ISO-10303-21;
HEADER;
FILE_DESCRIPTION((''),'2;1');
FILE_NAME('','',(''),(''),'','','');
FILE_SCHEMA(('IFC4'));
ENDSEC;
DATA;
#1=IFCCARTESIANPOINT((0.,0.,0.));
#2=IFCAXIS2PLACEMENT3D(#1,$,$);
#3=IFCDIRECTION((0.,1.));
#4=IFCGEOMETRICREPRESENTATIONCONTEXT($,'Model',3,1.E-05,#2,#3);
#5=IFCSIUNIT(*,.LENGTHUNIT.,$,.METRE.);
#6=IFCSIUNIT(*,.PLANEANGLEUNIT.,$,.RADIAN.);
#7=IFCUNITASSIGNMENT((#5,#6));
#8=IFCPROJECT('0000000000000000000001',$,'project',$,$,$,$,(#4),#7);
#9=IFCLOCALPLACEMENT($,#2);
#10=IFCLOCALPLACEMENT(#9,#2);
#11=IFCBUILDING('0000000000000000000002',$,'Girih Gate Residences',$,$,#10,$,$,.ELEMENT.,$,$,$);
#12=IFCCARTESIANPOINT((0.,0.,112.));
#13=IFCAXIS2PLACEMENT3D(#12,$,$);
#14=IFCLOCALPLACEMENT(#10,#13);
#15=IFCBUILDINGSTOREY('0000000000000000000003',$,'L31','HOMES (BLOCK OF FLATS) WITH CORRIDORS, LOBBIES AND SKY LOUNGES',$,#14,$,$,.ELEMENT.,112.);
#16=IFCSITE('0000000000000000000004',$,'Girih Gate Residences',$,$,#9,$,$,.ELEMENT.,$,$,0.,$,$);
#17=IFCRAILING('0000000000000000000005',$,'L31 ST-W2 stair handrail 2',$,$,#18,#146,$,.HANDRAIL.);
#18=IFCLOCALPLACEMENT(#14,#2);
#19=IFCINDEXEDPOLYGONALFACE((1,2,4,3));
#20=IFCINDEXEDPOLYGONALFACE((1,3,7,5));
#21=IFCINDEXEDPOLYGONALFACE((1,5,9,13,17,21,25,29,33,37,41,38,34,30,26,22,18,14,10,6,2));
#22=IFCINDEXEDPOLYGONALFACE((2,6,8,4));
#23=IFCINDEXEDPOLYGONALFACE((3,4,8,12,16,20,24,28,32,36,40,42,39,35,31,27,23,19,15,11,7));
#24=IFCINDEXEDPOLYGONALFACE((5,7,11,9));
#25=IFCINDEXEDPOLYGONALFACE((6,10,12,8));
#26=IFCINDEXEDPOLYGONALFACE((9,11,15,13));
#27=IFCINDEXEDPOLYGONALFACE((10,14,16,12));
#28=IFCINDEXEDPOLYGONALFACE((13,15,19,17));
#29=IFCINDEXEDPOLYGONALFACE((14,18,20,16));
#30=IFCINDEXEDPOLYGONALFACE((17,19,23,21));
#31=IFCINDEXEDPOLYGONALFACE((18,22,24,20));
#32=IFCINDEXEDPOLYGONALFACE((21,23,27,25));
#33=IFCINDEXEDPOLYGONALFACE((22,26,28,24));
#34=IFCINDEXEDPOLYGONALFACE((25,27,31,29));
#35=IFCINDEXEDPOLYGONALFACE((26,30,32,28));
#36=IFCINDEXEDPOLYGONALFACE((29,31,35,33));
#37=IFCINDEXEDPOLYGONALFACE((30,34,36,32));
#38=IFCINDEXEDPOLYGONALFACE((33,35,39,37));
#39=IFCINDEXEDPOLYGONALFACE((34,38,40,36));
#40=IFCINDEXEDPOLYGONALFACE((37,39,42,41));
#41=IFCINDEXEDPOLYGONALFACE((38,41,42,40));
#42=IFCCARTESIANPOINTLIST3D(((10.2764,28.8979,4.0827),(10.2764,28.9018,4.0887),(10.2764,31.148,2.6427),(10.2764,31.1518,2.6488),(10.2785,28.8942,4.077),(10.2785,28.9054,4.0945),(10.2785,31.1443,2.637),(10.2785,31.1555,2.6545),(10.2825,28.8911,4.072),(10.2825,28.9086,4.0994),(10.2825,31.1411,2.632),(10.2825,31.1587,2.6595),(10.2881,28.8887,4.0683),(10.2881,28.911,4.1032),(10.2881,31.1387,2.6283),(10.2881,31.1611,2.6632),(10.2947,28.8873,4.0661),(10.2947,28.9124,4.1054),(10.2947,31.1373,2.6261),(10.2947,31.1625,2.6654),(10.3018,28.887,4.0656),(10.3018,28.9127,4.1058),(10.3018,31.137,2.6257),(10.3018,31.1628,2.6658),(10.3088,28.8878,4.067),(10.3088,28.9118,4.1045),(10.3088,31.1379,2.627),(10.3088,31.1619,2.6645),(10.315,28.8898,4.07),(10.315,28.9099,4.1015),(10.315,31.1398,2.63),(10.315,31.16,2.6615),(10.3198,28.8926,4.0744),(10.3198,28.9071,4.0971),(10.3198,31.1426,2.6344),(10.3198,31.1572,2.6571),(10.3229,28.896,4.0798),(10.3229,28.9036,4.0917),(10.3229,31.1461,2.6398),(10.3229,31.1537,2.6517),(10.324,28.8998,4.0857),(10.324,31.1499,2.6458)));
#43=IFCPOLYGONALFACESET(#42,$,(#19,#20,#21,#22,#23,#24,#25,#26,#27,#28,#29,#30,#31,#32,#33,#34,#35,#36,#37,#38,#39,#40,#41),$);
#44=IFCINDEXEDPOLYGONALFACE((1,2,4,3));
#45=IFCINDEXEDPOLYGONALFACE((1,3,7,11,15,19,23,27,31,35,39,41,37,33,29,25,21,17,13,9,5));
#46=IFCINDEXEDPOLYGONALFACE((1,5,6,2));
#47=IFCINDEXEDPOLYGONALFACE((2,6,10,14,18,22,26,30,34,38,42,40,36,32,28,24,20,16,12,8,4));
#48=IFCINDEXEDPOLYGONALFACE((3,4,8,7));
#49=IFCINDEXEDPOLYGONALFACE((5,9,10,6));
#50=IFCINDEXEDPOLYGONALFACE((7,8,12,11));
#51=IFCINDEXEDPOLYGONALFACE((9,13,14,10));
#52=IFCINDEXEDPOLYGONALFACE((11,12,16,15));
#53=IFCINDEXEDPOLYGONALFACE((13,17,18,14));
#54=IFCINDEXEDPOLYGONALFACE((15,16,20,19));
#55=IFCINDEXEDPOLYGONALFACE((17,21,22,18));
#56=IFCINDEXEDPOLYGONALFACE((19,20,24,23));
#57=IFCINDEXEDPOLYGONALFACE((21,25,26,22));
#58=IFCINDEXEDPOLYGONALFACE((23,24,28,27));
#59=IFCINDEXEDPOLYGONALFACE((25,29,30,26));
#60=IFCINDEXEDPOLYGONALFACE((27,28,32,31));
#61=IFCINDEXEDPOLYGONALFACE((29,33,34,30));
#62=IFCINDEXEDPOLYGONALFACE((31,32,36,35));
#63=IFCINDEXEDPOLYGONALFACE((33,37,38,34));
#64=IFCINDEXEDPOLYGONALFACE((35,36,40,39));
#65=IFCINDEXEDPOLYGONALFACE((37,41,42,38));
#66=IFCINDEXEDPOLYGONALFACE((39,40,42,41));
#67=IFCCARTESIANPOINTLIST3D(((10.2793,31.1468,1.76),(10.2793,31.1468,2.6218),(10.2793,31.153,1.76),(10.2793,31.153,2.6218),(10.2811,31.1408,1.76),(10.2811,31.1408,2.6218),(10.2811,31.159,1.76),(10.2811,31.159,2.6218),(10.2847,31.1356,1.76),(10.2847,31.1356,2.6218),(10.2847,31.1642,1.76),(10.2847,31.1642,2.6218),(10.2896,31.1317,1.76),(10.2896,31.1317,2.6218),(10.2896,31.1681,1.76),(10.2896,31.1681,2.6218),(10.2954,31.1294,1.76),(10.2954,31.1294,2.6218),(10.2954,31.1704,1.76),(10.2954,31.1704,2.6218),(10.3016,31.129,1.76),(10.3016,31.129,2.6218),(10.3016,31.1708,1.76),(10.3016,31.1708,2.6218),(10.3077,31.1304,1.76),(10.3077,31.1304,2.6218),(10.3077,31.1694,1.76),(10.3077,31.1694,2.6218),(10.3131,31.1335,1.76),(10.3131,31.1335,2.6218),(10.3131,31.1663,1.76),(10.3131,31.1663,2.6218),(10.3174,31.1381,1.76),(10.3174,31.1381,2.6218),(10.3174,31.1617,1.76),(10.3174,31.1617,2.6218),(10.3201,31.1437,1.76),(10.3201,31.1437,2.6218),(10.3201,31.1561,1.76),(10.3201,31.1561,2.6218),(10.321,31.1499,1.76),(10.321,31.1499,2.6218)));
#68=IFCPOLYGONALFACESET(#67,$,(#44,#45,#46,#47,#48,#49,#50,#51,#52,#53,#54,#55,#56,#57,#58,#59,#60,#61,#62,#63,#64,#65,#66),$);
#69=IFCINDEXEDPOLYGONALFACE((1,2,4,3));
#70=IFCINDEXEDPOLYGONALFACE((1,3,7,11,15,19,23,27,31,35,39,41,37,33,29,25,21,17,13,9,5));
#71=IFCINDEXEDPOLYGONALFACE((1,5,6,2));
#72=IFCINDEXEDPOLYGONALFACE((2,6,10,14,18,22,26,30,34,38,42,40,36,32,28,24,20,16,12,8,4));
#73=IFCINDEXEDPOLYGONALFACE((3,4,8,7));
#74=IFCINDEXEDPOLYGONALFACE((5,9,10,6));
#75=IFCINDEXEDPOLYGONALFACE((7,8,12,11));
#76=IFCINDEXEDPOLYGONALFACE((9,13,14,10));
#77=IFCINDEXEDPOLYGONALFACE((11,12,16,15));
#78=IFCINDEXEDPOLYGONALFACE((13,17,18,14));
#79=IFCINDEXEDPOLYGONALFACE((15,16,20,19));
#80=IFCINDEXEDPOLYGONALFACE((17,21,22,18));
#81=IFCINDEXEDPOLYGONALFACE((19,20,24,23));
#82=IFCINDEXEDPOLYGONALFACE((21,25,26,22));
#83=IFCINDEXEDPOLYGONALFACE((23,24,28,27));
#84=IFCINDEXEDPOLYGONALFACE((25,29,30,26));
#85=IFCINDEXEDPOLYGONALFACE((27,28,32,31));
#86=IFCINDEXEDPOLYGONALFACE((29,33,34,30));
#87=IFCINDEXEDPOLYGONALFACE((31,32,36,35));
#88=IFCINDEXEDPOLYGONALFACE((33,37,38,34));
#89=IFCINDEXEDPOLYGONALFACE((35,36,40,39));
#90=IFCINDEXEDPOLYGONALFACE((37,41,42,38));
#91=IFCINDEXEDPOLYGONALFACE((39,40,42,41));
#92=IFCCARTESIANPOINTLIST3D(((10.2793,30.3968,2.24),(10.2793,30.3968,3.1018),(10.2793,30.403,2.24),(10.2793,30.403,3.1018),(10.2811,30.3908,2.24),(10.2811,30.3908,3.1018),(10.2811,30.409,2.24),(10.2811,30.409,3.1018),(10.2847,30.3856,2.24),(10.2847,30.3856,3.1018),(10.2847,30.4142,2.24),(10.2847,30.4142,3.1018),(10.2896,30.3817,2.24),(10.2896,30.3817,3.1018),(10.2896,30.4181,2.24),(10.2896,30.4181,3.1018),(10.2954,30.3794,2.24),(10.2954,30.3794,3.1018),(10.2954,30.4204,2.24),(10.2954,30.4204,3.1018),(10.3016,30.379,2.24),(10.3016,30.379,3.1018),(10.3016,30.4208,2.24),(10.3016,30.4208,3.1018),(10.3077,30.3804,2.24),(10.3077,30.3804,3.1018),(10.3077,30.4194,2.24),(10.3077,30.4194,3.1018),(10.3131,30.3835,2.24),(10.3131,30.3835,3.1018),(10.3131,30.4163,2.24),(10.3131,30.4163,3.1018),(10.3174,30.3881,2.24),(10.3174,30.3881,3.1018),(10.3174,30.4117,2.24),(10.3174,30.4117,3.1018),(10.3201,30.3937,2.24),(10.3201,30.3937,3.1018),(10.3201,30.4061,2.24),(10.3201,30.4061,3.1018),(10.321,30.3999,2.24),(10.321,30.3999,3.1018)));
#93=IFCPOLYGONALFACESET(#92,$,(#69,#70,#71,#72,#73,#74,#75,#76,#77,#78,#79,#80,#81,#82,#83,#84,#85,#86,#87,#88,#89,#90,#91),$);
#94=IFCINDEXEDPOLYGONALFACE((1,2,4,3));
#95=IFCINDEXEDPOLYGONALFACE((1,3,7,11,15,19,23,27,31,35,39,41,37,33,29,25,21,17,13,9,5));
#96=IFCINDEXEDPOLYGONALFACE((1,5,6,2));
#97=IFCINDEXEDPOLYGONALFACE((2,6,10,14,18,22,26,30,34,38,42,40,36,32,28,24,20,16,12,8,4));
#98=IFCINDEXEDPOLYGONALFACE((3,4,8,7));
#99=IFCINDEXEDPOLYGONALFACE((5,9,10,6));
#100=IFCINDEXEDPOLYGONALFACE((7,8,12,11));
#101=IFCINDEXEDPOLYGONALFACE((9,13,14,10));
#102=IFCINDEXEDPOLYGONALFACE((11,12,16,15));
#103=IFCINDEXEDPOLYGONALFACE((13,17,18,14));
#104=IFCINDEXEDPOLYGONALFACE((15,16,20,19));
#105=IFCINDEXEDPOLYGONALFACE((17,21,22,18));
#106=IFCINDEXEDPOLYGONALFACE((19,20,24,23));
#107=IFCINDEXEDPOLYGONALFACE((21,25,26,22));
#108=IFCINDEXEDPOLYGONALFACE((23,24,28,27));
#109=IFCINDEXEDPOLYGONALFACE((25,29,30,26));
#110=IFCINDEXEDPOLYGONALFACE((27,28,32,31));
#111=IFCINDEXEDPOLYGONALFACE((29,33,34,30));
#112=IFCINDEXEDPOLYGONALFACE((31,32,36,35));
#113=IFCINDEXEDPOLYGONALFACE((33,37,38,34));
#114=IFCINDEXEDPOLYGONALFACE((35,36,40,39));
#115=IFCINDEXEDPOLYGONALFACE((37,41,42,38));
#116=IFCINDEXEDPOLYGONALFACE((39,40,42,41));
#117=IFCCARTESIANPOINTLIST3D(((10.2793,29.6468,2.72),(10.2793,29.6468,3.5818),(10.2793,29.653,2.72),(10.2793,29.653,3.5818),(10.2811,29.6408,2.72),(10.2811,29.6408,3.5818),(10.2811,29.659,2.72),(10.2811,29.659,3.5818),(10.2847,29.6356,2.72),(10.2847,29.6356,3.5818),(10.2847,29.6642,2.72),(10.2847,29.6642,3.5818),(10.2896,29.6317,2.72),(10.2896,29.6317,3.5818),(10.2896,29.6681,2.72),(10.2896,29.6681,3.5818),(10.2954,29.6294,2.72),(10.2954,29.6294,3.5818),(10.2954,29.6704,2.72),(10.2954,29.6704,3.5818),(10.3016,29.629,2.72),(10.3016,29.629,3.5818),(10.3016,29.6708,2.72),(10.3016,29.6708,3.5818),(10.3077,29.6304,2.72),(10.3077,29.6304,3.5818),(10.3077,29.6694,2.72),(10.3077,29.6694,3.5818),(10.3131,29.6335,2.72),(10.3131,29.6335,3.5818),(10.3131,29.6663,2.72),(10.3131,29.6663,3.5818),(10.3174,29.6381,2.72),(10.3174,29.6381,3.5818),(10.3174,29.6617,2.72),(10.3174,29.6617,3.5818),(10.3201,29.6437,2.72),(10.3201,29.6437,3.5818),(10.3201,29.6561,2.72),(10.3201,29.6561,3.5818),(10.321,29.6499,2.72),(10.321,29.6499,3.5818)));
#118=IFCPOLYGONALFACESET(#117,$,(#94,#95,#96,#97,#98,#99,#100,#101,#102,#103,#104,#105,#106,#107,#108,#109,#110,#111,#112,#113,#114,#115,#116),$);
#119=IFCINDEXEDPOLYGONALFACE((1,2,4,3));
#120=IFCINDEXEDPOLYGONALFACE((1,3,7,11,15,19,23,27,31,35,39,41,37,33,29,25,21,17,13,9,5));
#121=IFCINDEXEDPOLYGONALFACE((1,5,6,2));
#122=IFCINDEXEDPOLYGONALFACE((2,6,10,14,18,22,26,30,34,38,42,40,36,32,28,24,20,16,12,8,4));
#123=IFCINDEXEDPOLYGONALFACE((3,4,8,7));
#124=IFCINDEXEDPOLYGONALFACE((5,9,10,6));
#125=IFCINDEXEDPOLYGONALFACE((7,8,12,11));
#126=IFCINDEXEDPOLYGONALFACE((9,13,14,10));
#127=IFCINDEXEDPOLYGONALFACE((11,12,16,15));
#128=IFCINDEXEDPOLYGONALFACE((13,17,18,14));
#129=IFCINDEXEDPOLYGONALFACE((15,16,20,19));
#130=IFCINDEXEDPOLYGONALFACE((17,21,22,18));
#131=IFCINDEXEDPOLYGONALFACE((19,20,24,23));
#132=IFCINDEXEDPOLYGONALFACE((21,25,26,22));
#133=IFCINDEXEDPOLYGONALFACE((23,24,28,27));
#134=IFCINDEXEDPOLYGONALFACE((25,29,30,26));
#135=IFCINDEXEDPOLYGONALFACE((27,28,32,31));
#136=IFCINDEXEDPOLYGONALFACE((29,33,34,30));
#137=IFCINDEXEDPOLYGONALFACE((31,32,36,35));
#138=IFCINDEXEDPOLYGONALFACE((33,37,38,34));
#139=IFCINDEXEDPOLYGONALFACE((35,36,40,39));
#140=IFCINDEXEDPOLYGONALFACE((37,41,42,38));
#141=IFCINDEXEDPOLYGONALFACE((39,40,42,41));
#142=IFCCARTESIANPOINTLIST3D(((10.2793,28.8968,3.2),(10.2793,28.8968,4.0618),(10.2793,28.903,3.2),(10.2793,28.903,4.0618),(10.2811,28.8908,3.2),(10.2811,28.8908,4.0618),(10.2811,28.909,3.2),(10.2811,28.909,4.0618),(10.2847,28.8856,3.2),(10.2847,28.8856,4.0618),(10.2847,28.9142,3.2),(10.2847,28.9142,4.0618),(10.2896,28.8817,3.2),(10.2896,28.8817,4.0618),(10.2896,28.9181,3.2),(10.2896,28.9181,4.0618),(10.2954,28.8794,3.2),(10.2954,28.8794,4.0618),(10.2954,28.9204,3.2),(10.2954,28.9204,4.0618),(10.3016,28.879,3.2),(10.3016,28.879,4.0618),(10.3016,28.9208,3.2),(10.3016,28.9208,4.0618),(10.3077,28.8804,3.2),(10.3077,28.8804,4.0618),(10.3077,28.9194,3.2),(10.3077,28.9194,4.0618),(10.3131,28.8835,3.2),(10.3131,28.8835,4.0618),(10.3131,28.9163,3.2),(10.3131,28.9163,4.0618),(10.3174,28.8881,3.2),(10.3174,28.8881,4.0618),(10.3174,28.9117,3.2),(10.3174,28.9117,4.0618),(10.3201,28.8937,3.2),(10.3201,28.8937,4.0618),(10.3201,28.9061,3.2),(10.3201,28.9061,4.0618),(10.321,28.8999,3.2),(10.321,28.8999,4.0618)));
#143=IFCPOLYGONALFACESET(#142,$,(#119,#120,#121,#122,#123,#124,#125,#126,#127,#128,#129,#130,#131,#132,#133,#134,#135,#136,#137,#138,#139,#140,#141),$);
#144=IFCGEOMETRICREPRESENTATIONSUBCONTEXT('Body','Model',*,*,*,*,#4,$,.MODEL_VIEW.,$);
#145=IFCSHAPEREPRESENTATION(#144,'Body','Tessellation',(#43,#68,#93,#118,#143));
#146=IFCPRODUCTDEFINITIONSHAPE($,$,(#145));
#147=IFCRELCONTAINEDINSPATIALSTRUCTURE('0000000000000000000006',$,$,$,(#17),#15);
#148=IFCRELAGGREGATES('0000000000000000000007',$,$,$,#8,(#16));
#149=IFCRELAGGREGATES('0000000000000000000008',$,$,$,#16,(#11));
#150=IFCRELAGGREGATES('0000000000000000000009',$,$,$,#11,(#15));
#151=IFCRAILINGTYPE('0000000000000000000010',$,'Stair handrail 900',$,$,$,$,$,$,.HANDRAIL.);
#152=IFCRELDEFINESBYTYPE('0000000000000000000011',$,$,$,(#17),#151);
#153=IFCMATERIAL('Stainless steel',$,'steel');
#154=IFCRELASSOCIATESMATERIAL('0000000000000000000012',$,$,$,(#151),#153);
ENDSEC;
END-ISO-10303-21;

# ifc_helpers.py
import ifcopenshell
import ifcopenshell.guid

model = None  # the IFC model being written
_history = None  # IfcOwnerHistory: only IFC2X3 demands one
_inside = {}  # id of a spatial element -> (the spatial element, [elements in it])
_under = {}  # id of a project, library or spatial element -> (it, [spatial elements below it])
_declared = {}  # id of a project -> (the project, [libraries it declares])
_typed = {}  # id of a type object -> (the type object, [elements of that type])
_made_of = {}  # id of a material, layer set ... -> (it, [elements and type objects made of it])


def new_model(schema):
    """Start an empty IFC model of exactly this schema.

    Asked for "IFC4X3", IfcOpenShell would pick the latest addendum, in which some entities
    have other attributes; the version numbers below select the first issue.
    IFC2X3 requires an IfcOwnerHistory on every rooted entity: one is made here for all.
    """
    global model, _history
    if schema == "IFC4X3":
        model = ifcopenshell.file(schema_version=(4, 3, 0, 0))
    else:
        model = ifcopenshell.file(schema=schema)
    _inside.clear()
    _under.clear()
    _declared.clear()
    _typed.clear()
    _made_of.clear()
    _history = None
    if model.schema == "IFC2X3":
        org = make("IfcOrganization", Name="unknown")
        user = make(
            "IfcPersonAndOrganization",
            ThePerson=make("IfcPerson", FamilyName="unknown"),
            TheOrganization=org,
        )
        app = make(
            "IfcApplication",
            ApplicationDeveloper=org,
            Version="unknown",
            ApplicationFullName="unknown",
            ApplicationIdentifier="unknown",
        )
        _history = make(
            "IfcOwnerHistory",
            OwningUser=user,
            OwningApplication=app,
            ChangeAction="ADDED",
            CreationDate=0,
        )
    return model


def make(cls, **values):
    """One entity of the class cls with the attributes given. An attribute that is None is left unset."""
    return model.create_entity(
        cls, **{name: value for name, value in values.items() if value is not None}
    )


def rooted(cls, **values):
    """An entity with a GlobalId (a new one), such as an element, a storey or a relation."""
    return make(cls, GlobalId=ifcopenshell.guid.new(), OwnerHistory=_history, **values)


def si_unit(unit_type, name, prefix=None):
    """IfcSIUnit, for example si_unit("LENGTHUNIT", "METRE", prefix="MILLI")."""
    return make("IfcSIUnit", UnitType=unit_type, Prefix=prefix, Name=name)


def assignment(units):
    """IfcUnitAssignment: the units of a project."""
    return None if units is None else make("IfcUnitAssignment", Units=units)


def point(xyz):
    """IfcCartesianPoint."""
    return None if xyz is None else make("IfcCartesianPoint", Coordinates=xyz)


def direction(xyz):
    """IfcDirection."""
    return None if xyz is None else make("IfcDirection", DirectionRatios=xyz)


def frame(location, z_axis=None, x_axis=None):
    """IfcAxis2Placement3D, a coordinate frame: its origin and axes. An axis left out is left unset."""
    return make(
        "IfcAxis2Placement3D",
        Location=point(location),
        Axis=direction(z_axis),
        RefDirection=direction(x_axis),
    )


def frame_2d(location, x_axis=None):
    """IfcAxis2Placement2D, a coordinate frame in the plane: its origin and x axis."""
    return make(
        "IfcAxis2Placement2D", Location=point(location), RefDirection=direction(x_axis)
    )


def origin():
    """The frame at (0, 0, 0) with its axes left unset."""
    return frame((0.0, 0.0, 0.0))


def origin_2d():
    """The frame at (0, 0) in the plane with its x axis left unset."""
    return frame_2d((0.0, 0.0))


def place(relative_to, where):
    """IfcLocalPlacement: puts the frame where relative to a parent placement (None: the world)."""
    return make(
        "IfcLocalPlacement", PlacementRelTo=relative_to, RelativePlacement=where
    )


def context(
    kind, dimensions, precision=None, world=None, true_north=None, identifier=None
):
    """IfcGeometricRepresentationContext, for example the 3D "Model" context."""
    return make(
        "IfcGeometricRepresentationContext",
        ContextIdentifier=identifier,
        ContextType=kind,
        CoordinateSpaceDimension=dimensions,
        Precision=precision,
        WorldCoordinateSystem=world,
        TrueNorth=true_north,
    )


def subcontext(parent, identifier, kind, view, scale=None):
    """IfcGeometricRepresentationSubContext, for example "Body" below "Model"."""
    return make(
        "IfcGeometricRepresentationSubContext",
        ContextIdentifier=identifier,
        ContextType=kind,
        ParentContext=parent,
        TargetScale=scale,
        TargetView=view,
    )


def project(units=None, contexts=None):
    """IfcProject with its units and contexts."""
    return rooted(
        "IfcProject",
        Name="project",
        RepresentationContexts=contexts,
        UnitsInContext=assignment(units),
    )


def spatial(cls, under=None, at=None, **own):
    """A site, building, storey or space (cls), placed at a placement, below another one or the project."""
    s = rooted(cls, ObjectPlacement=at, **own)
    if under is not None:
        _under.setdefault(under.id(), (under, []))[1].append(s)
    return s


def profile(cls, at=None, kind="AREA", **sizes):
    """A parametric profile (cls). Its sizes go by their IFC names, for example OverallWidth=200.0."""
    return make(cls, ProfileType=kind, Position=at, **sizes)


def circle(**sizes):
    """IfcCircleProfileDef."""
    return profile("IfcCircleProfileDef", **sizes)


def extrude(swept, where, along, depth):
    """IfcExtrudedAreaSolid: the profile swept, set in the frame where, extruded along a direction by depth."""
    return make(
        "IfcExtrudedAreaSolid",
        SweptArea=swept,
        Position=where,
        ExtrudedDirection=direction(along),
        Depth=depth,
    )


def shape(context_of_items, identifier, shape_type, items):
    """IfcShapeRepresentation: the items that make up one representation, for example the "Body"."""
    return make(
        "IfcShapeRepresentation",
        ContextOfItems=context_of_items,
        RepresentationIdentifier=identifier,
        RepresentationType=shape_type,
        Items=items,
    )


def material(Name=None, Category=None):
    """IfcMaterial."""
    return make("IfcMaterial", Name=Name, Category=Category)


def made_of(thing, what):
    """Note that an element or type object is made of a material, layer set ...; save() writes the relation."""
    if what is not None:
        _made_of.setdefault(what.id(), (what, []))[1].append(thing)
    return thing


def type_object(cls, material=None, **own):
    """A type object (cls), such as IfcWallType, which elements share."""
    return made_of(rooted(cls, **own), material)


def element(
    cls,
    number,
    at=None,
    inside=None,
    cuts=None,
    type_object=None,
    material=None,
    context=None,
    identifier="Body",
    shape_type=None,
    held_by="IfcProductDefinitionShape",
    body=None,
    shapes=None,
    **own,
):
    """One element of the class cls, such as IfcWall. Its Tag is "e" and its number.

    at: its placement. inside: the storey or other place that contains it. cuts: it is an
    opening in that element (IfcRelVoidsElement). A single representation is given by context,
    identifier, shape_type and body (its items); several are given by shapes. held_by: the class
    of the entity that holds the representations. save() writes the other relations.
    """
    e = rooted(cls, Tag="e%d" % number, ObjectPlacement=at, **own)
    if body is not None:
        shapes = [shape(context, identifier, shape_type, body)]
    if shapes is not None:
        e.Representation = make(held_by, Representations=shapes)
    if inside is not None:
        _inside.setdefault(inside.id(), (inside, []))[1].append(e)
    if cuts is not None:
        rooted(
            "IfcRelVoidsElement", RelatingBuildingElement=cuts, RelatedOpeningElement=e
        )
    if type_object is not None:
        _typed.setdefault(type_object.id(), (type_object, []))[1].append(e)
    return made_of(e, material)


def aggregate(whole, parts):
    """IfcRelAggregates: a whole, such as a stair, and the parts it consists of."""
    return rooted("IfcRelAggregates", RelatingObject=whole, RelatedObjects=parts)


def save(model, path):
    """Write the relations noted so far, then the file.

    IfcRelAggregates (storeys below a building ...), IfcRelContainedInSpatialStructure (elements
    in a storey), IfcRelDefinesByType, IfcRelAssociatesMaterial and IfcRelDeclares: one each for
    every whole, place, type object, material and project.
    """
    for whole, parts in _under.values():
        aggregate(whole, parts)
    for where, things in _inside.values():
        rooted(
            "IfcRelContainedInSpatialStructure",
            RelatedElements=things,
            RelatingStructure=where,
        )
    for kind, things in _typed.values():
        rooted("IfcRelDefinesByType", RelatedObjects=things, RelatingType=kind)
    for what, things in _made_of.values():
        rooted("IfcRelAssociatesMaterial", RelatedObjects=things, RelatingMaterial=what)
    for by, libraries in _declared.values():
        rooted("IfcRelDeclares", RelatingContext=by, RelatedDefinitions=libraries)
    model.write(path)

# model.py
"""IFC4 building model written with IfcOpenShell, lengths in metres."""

from ifc_helpers import new_model, si_unit, direction, frame, origin, origin_2d, place, context, subcontext, project, spatial, circle, extrude, material, type_object, element, save


model = new_model("IFC4")

# Units and contexts
model_context = context("Model", 3, precision=1e-05, world=origin(), true_north=direction((0.0, 1.0)))
body_context = subcontext(model_context, "Body", "Model", "MODEL_VIEW")
ifc_project = project(units=[si_unit("LENGTHUNIT", "METRE"), si_unit("PLANEANGLEUNIT", "RADIAN")], contexts=[model_context])

# Site, building, storey
site_placement = place(None, origin())
site = spatial("IfcSite", under=ifc_project, at=site_placement, Name="Girih Gate Residences", CompositionType="ELEMENT", RefElevation=0.0)
building_placement = place(site_placement, origin())
building = spatial("IfcBuilding", under=site, at=building_placement, Name="Girih Gate Residences", CompositionType="ELEMENT")
storey_placement = place(building_placement, frame((0.0, 0.0, 112.0)))
storey = spatial("IfcBuildingStorey", under=building, at=storey_placement, Name="L31", Description="HOMES (BLOCK OF FLATS) WITH CORRIDORS, LOBBIES AND SKY LOUNGES", CompositionType="ELEMENT", Elevation=112.0)

# Railing
ifc_material_1 = material(Name="Stainless steel", Category="steel")
railing_type_1 = type_object("IfcRailingType", Name="Stair handrail 900", PredefinedType="HANDRAIL", material=ifc_material_1)
railing_1_placement = place(storey_placement, frame((10.3, 31.1499, 1.76)))
element("IfcRailing", 1, at=railing_1_placement, inside=storey, type_object=railing_type_1, Name="L31 ST-W2 stair handrail 2", PredefinedType="HANDRAIL", context=body_context, shape_type="SweptSolid", body=[
    extrude(circle(Radius=0.0239, at=origin_2d()), frame((0.0, 0.0, 0.8857), z_axis=(0.0, -0.842281, 0.539038), x_axis=(1.0, 0.0, 0.0)), (0.0, 0.0, 1.0), 2.6714),
    extrude(circle(Radius=0.021, at=origin_2d()), origin(), (0.0, 0.0, 1.0), 0.8618),
    extrude(circle(Radius=0.021, at=origin_2d()), frame((0.0, -0.75, 0.48)), (0.0, 0.0, 1.0), 0.8618),
    extrude(circle(Radius=0.021, at=origin_2d()), frame((0.0, -1.5, 0.96)), (0.0, 0.0, 1.0), 0.8618),
    extrude(circle(Radius=0.021, at=origin_2d()), frame((0.0, -2.25, 1.4399)), (0.0, 0.0, 1.0), 0.8618),
])

save(model, "model.ifc")
